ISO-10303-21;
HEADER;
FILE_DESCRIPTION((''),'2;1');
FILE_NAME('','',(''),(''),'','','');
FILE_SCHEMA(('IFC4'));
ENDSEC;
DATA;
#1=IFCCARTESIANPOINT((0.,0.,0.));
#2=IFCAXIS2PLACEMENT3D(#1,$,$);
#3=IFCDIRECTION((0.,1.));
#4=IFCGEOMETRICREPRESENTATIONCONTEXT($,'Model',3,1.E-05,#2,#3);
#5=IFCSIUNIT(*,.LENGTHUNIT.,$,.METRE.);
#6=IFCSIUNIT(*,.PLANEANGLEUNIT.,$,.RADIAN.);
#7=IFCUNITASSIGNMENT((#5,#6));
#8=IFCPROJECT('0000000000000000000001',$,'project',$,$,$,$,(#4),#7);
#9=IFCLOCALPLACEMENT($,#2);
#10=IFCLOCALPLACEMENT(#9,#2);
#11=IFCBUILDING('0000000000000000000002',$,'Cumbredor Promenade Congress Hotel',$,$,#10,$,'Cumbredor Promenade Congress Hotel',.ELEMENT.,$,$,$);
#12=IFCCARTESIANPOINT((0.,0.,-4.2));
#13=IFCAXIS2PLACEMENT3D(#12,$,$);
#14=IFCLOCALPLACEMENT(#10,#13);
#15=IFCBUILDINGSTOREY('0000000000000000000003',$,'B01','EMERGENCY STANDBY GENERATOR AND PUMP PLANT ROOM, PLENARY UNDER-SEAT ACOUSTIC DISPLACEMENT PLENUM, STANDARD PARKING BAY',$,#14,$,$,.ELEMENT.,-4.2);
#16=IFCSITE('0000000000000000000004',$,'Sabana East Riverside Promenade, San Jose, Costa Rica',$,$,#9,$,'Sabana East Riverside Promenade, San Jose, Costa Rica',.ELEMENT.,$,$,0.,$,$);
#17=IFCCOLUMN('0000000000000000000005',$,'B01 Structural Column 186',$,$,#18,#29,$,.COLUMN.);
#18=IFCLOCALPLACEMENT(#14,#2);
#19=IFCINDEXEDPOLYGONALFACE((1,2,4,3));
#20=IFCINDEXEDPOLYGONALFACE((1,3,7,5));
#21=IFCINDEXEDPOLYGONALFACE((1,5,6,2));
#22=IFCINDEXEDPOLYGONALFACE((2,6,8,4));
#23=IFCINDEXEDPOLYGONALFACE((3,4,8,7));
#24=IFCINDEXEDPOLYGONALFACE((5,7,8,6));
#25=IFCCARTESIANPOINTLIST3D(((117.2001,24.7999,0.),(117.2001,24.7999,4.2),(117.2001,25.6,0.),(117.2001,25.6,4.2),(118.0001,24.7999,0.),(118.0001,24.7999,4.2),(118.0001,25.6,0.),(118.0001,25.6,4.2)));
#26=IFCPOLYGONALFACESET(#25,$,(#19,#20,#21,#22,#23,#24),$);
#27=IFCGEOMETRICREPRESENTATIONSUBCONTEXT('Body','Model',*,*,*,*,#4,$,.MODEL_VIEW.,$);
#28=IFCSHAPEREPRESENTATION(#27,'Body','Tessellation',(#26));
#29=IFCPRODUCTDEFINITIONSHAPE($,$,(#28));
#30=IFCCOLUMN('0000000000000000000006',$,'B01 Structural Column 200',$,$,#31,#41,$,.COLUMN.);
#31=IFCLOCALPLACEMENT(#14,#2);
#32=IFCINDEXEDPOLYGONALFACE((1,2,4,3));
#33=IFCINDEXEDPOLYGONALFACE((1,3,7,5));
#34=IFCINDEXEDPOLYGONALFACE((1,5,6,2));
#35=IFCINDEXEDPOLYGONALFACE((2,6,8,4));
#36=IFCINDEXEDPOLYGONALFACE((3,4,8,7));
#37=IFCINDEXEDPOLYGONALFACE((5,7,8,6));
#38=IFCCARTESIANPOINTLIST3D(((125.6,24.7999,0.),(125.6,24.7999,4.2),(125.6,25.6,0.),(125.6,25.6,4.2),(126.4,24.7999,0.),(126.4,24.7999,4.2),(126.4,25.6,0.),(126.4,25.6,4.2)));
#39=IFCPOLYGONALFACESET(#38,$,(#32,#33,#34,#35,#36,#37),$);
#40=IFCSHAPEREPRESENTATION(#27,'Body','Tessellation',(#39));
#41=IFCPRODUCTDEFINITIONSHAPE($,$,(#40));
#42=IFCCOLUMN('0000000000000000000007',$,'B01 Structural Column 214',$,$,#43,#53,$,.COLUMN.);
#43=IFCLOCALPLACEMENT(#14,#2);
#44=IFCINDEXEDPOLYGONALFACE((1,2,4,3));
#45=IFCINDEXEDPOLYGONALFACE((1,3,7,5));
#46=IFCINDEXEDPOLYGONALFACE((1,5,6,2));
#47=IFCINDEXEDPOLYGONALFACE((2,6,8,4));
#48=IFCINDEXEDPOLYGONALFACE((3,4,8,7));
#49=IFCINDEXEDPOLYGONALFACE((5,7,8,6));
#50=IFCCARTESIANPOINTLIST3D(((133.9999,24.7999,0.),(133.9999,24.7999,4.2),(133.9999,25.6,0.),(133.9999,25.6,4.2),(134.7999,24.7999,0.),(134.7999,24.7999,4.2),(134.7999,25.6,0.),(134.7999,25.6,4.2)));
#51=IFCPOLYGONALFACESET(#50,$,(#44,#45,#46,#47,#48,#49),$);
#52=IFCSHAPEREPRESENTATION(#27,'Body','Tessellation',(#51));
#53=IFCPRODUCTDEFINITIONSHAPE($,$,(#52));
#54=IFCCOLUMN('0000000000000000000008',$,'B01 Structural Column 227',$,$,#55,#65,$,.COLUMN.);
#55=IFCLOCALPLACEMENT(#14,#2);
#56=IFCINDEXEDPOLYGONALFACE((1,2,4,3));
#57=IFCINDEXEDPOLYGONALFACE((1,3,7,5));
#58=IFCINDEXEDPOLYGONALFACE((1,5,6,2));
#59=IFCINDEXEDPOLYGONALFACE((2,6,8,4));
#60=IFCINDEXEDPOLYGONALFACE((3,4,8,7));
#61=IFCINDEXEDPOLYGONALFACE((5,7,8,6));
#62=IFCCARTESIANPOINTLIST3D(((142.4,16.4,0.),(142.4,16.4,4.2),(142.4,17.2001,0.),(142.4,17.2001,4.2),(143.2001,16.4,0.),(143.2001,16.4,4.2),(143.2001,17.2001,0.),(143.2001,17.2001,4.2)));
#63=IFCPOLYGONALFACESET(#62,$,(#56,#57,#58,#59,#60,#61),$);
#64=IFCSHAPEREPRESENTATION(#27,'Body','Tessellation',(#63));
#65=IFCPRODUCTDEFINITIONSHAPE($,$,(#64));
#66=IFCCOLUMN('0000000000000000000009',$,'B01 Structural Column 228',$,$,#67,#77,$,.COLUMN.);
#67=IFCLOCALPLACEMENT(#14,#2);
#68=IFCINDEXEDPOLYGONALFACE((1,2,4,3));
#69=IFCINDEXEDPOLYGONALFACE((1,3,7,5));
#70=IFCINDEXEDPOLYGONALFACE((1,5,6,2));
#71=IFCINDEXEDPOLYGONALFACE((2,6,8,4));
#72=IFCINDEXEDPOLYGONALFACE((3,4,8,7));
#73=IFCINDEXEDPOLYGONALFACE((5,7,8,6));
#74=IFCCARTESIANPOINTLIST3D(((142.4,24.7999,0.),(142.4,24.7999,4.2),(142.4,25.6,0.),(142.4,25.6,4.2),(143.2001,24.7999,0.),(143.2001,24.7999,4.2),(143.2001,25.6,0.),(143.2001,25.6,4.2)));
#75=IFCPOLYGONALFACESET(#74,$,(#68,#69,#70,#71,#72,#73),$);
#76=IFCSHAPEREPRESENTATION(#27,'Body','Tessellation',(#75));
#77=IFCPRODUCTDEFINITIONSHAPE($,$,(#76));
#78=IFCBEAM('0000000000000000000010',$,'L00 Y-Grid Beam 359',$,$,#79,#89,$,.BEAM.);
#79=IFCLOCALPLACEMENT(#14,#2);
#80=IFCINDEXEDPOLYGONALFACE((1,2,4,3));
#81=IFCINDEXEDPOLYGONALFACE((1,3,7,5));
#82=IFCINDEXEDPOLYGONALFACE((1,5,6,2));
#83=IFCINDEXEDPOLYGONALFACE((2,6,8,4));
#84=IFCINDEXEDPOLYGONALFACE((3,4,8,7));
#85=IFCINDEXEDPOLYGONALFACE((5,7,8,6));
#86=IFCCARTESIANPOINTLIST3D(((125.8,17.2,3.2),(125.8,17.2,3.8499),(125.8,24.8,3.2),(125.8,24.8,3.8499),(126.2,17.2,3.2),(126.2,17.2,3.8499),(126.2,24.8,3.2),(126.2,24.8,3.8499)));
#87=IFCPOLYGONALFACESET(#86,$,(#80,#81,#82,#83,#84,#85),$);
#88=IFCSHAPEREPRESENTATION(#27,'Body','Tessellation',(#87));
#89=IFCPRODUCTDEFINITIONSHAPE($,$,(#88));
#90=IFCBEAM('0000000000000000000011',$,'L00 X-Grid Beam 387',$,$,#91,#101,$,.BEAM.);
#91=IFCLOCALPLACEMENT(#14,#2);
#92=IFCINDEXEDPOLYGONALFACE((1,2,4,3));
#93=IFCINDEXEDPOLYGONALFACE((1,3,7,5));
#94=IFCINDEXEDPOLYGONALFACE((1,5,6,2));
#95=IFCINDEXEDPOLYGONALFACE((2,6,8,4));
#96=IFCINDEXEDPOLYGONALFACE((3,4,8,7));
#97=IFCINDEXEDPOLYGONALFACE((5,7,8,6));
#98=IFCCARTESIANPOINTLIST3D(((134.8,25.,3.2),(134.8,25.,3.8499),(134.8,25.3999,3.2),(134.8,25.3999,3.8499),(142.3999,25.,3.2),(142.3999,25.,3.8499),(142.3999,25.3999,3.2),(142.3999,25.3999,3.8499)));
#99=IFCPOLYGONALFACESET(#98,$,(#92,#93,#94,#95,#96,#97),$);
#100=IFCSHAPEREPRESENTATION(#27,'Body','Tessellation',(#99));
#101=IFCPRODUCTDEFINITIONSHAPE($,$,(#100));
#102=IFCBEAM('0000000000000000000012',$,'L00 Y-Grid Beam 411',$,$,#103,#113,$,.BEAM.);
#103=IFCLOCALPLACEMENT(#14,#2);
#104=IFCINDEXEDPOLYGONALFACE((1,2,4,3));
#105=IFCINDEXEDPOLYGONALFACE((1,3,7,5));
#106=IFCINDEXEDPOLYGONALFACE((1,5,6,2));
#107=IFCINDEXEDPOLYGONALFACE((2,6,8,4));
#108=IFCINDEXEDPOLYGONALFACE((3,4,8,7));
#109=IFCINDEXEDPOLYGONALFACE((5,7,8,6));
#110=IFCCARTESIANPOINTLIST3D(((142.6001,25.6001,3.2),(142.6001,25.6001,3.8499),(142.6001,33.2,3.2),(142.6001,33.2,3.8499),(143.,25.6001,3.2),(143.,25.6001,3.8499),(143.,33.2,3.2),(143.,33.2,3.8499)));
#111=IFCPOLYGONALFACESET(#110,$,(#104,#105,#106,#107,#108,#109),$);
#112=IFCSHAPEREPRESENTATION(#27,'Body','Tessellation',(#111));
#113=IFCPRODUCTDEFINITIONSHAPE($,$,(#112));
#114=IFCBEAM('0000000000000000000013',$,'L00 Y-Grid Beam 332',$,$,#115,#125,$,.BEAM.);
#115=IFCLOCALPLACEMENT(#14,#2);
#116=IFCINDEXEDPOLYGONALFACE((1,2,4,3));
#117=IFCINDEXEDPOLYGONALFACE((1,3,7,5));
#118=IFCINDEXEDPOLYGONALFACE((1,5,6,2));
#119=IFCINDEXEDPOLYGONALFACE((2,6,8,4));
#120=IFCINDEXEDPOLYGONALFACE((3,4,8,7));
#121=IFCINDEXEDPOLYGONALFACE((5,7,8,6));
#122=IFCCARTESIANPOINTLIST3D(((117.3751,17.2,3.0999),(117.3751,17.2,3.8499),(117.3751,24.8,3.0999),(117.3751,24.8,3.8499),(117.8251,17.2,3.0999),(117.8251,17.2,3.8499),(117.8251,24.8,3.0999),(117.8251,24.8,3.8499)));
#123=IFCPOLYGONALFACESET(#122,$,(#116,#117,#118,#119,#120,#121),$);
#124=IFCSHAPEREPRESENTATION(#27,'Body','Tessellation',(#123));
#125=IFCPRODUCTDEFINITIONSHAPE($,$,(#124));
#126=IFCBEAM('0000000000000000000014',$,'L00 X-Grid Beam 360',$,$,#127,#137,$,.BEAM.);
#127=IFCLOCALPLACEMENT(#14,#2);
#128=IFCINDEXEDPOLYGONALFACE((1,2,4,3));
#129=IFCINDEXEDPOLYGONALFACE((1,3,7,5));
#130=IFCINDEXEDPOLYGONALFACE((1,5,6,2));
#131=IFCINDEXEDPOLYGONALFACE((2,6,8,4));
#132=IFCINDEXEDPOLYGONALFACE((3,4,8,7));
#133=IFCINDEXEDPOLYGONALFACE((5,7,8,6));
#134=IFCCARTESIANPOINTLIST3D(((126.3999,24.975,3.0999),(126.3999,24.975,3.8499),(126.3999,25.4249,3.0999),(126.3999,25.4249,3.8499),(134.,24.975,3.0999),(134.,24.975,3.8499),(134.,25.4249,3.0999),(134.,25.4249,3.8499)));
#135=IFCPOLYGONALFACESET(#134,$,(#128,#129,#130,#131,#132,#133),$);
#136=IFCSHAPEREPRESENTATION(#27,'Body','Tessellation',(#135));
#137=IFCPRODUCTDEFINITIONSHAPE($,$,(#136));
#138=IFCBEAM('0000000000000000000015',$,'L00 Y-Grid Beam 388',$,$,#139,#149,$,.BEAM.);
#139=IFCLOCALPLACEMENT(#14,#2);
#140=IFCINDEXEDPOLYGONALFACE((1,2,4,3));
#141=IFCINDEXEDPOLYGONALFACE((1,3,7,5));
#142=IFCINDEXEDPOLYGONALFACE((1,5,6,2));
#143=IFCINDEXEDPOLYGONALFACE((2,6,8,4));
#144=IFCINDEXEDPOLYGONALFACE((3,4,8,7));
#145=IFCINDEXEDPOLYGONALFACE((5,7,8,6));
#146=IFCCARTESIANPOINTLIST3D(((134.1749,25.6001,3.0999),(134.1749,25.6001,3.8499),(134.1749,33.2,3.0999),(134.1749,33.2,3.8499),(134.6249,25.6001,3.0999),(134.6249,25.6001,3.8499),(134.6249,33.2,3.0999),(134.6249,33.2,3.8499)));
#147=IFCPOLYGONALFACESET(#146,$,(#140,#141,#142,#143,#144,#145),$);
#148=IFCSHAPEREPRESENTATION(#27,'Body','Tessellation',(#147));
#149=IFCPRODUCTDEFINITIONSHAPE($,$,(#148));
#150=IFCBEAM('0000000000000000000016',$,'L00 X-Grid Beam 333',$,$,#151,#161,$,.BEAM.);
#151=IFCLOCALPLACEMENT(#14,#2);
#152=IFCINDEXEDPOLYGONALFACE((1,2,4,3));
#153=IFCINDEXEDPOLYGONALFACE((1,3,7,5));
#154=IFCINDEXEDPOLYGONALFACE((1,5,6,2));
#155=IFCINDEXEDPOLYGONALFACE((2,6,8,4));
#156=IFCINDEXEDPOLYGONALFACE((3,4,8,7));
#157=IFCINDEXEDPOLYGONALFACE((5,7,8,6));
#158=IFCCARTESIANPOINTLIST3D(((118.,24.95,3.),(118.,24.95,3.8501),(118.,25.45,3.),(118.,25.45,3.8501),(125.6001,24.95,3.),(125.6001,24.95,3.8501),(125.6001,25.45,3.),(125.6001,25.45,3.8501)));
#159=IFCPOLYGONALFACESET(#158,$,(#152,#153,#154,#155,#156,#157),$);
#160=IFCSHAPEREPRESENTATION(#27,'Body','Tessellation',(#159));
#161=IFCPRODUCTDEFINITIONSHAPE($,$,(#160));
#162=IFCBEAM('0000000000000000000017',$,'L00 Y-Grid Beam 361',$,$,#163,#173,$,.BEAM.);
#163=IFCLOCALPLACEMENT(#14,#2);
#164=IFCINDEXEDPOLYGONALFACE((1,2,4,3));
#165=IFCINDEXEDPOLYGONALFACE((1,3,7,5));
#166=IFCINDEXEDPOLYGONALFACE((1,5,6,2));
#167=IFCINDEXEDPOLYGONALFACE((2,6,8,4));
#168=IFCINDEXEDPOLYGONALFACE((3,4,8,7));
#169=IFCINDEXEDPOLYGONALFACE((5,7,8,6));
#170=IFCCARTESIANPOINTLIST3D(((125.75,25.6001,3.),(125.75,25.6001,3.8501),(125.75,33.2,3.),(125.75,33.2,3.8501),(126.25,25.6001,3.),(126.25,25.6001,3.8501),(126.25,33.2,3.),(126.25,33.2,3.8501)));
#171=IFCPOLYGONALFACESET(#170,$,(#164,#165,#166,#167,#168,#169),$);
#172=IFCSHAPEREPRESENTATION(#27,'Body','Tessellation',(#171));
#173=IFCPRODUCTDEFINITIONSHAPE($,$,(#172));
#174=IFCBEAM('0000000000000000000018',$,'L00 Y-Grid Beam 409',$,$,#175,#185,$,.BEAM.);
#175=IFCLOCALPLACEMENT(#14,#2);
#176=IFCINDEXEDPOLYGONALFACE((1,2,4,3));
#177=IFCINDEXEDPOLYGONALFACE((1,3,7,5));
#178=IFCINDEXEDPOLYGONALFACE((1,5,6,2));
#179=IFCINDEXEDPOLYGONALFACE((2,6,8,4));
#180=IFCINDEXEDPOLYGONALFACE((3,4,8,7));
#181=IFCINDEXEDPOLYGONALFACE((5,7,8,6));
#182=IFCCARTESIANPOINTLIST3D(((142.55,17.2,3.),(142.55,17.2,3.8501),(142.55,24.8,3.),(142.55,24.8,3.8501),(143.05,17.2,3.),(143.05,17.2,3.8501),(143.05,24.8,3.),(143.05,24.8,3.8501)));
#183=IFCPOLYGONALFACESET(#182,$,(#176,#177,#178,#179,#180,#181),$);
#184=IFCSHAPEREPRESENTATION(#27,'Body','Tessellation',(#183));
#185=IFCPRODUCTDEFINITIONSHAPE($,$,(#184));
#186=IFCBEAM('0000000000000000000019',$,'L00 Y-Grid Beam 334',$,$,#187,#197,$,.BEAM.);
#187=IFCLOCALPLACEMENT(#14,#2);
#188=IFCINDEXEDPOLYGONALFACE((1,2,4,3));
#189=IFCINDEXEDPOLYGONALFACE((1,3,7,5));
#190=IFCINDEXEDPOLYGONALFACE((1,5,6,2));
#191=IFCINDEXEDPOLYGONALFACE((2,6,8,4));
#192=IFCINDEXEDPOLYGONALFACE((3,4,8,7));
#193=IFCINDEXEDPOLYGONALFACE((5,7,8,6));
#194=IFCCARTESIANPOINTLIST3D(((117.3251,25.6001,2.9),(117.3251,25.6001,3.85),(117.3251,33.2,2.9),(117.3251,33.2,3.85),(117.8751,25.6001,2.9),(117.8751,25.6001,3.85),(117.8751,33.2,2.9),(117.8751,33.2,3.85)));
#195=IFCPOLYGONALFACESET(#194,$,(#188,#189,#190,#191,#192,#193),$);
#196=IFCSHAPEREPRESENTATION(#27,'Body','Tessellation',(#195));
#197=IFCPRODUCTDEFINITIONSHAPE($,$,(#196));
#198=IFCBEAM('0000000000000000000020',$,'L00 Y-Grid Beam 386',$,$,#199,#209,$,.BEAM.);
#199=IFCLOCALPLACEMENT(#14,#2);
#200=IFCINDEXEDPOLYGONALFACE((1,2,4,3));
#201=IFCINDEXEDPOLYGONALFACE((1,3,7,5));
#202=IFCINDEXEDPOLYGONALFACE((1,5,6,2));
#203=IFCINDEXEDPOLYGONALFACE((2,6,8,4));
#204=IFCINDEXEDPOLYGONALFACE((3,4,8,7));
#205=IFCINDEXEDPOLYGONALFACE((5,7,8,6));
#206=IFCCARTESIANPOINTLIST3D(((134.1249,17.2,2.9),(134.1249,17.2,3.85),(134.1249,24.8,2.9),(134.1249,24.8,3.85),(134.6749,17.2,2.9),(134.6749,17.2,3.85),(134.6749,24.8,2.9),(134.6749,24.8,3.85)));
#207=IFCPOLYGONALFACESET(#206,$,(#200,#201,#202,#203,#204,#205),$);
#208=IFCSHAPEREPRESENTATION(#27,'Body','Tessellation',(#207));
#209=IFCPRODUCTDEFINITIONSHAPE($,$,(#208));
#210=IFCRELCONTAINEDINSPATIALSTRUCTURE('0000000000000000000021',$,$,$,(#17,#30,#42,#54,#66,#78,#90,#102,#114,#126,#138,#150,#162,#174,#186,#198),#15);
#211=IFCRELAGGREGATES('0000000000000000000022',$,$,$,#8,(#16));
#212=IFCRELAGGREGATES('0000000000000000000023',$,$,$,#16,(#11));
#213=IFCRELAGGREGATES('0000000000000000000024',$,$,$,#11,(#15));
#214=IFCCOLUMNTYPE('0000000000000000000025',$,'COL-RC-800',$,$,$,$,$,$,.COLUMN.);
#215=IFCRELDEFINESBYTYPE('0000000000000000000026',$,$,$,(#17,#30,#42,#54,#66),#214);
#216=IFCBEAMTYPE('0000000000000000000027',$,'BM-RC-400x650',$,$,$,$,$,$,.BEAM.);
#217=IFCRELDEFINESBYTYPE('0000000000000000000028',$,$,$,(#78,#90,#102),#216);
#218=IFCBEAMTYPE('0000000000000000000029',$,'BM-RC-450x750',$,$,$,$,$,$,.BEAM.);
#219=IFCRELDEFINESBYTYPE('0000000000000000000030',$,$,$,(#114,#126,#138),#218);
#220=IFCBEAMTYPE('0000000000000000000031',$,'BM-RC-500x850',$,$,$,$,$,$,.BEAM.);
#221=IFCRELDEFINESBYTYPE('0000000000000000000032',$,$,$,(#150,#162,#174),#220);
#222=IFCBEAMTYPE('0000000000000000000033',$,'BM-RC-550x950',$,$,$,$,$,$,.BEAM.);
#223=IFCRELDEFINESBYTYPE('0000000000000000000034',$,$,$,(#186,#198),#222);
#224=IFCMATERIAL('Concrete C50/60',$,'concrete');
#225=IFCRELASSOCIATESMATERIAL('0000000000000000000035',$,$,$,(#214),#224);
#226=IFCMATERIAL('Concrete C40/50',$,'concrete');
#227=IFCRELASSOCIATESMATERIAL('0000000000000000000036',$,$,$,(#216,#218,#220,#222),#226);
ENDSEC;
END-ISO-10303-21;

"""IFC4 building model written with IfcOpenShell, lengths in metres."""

from ifc_helpers import new_model, si_unit, direction, frame, origin, origin_2d, place, context, subcontext, project, spatial, rectangle, extrude, material, material_profile, profile_set, type_object, element, save


model = new_model("IFC4")

# Units and contexts
model_context = context("Model", 3, precision=1e-05, world=origin(), true_north=direction((0.0, 1.0)))
body_context = subcontext(model_context, "Body", "Model", "MODEL_VIEW")
ifc_project = project(units=[si_unit("LENGTHUNIT", "METRE"), si_unit("PLANEANGLEUNIT", "RADIAN")], contexts=[model_context])

# Site, building, storey
site_placement = place(None, origin())
site = spatial("IfcSite", under=ifc_project, at=site_placement, Name="Sabana East Riverside Promenade, San Jose, Costa Rica", LongName="Sabana East Riverside Promenade, San Jose, Costa Rica", CompositionType="ELEMENT", RefElevation=0.0)
building_placement = place(site_placement, origin())
building = spatial("IfcBuilding", under=site, at=building_placement, Name="Cumbredor Promenade Congress Hotel", LongName="Cumbredor Promenade Congress Hotel", CompositionType="ELEMENT")
storey_placement = place(building_placement, frame((0.0, 0.0, -4.2)))
storey = spatial("IfcBuildingStorey", under=building, at=storey_placement, Name="B01", Description="EMERGENCY STANDBY GENERATOR AND PUMP PLANT ROOM, PLENARY UNDER-SEAT ACOUSTIC DISPLACEMENT PLENUM, STANDARD PARKING BAY", CompositionType="ELEMENT", Elevation=-4.2)

# Columns
ifc_material_1 = material(Name="Concrete C50/60", Category="concrete")
ifc_material_profile_1 = material_profile(ifc_material_1, rectangle(XDim=0.8, YDim=0.8, at=origin_2d()), Name="RC 800x800")
ifc_profile_set_1 = profile_set([ifc_material_profile_1], Name="Concrete C50/60")
column_type = type_object("IfcColumnType", Name="COL-RC-800", PredefinedType="COLUMN", material=ifc_profile_set_1)
for number, where, z_axis, x_axis, name in (
    (1, (117.6001, 25.2, 0.0), (0.0, 0.0, 1.0), (1.0, 0.0, 0.0), "B01 Structural Column 186"),
    (2, (126.0, 25.2, 0.0), (0.0, 0.0, 1.0), (1.0, 0.0, 0.0), "B01 Structural Column 200"),
    (3, (134.3999, 25.2, 0.0), (0.0, 0.0, 1.0), (1.0, 0.0, 0.0), "B01 Structural Column 214"),
    (4, (142.8, 16.8, 0.0), (0.0, 0.0, 1.0), (1.0, 0.0, 0.0), "B01 Structural Column 227"),
    (5, (142.8, 25.2, 0.0), (0.0, 0.0, 1.0), (1.0, 0.0, 0.0), "B01 Structural Column 228"),
):
    element("IfcColumn", number, at=place(storey_placement, frame(where, z_axis=z_axis, x_axis=x_axis)), inside=storey, type_object=column_type, Name=name, PredefinedType="COLUMN", context=body_context, shape_type="SweptSolid", body=[
        extrude(rectangle(XDim=0.8, YDim=0.8, at=origin_2d()), origin(), (0.0, 0.0, 1.0), 4.2),
    ])

# Beams
ifc_material_2 = material(Name="Concrete C40/50", Category="concrete")
ifc_material_profile_2 = material_profile(ifc_material_2, rectangle(XDim=0.3999, YDim=0.6499, at=origin_2d()), Name="RC BEAM 400x650")
ifc_profile_set_2 = profile_set([ifc_material_profile_2], Name="Concrete C40/50")
beam_type_1 = type_object("IfcBeamType", Name="BM-RC-400x650", PredefinedType="BEAM", material=ifc_profile_set_2)
beam_1_placement = place(storey_placement, frame((126.0, 17.2, 3.5249), z_axis=(0.0, 1.0, 0.0), x_axis=(-1.0, 0.0, 0.0)))
element("IfcBeam", 6, at=beam_1_placement, inside=storey, type_object=beam_type_1, Name="L00 Y-Grid Beam 359", PredefinedType="BEAM", context=body_context, shape_type="SweptSolid", body=[
    extrude(rectangle(XDim=0.3999, YDim=0.6499, at=origin_2d()), origin(), (0.0, 0.0, 1.0), 7.6001),
])
for number, where, z_axis, x_axis, name in (
    (7, (134.8, 25.2, 3.5249), (1.0, 0.0, 0.0), (0.0, 1.0, 0.0), "L00 X-Grid Beam 387"),
    (8, (142.8, 25.6001, 3.5249), (0.0, 1.0, 0.0), (-1.0, 0.0, 0.0), "L00 Y-Grid Beam 411"),
):
    element("IfcBeam", number, at=place(storey_placement, frame(where, z_axis=z_axis, x_axis=x_axis)), inside=storey, type_object=beam_type_1, Name=name, PredefinedType="BEAM", context=body_context, shape_type="SweptSolid", body=[
        extrude(rectangle(XDim=0.3999, YDim=0.6499, at=origin_2d()), origin(), (0.0, 0.0, 1.0), 7.5999),
    ])
ifc_material_profile_3 = material_profile(ifc_material_2, rectangle(XDim=0.45, YDim=0.75, at=origin_2d()), Name="RC BEAM 450x750")
ifc_profile_set_3 = profile_set([ifc_material_profile_3], Name="Concrete C40/50")
beam_type_2 = type_object("IfcBeamType", Name="BM-RC-450x750", PredefinedType="BEAM", material=ifc_profile_set_3)
for number, where, z_axis, x_axis, name in (
    (9, (117.6001, 17.2, 3.4749), (0.0, 1.0, 0.0), (-1.0, 0.0, 0.0), "L00 Y-Grid Beam 332"),
    (10, (126.3999, 25.2, 3.4749), (1.0, 0.0, 0.0), (0.0, 1.0, 0.0), "L00 X-Grid Beam 360"),
):
    element("IfcBeam", number, at=place(storey_placement, frame(where, z_axis=z_axis, x_axis=x_axis)), inside=storey, type_object=beam_type_2, Name=name, PredefinedType="BEAM", context=body_context, shape_type="SweptSolid", body=[
        extrude(rectangle(XDim=0.45, YDim=0.75, at=origin_2d()), origin(), (0.0, 0.0, 1.0), 7.6001),
    ])
beam_2_placement = place(storey_placement, frame((134.3999, 25.6001, 3.4749), z_axis=(0.0, 1.0, 0.0), x_axis=(-1.0, 0.0, 0.0)))
element("IfcBeam", 11, at=beam_2_placement, inside=storey, type_object=beam_type_2, Name="L00 Y-Grid Beam 388", PredefinedType="BEAM", context=body_context, shape_type="SweptSolid", body=[
    extrude(rectangle(XDim=0.45, YDim=0.75, at=origin_2d()), origin(), (0.0, 0.0, 1.0), 7.5999),
])
ifc_material_profile_4 = material_profile(ifc_material_2, rectangle(XDim=0.5, YDim=0.8501, at=origin_2d()), Name="RC BEAM 500x850")
ifc_profile_set_4 = profile_set([ifc_material_profile_4], Name="Concrete C40/50")
beam_type_3 = type_object("IfcBeamType", Name="BM-RC-500x850", PredefinedType="BEAM", material=ifc_profile_set_4)
beam_3_placement = place(storey_placement, frame((118.0, 25.2, 3.425), z_axis=(1.0, 0.0, 0.0), x_axis=(0.0, 1.0, 0.0)))
element("IfcBeam", 12, at=beam_3_placement, inside=storey, type_object=beam_type_3, Name="L00 X-Grid Beam 333", PredefinedType="BEAM", context=body_context, shape_type="SweptSolid", body=[
    extrude(rectangle(XDim=0.5, YDim=0.8501, at=origin_2d()), origin(), (0.0, 0.0, 1.0), 7.6001),
])
beam_4_placement = place(storey_placement, frame((126.0, 25.6001, 3.425), z_axis=(0.0, 1.0, 0.0), x_axis=(-1.0, 0.0, 0.0)))
element("IfcBeam", 13, at=beam_4_placement, inside=storey, type_object=beam_type_3, Name="L00 Y-Grid Beam 361", PredefinedType="BEAM", context=body_context, shape_type="SweptSolid", body=[
    extrude(rectangle(XDim=0.5, YDim=0.8501, at=origin_2d()), origin(), (0.0, 0.0, 1.0), 7.5999),
])
beam_5_placement = place(storey_placement, frame((142.8, 17.2, 3.425), z_axis=(0.0, 1.0, 0.0), x_axis=(-1.0, 0.0, 0.0)))
element("IfcBeam", 14, at=beam_5_placement, inside=storey, type_object=beam_type_3, Name="L00 Y-Grid Beam 409", PredefinedType="BEAM", context=body_context, shape_type="SweptSolid", body=[
    extrude(rectangle(XDim=0.5, YDim=0.8501, at=origin_2d()), origin(), (0.0, 0.0, 1.0), 7.6001),
])
ifc_material_profile_5 = material_profile(ifc_material_2, rectangle(XDim=0.55, YDim=0.95, at=origin_2d()), Name="RC BEAM 550x950")
ifc_profile_set_5 = profile_set([ifc_material_profile_5], Name="Concrete C40/50")
beam_type_4 = type_object("IfcBeamType", Name="BM-RC-550x950", PredefinedType="BEAM", material=ifc_profile_set_5)
beam_6_placement = place(storey_placement, frame((117.6001, 25.6001, 3.375), z_axis=(0.0, 1.0, 0.0), x_axis=(-1.0, 0.0, 0.0)))
element("IfcBeam", 15, at=beam_6_placement, inside=storey, type_object=beam_type_4, Name="L00 Y-Grid Beam 334", PredefinedType="BEAM", context=body_context, shape_type="SweptSolid", body=[
    extrude(rectangle(XDim=0.55, YDim=0.95, at=origin_2d()), origin(), (0.0, 0.0, 1.0), 7.5999),
])
beam_7_placement = place(storey_placement, frame((134.3999, 17.2, 3.375), z_axis=(0.0, 1.0, 0.0), x_axis=(-1.0, 0.0, 0.0)))
element("IfcBeam", 16, at=beam_7_placement, inside=storey, type_object=beam_type_4, Name="L00 Y-Grid Beam 386", PredefinedType="BEAM", context=body_context, shape_type="SweptSolid", body=[
    extrude(rectangle(XDim=0.55, YDim=0.95, at=origin_2d()), origin(), (0.0, 0.0, 1.0), 7.6001),
])

save(model, "model.ifc")
